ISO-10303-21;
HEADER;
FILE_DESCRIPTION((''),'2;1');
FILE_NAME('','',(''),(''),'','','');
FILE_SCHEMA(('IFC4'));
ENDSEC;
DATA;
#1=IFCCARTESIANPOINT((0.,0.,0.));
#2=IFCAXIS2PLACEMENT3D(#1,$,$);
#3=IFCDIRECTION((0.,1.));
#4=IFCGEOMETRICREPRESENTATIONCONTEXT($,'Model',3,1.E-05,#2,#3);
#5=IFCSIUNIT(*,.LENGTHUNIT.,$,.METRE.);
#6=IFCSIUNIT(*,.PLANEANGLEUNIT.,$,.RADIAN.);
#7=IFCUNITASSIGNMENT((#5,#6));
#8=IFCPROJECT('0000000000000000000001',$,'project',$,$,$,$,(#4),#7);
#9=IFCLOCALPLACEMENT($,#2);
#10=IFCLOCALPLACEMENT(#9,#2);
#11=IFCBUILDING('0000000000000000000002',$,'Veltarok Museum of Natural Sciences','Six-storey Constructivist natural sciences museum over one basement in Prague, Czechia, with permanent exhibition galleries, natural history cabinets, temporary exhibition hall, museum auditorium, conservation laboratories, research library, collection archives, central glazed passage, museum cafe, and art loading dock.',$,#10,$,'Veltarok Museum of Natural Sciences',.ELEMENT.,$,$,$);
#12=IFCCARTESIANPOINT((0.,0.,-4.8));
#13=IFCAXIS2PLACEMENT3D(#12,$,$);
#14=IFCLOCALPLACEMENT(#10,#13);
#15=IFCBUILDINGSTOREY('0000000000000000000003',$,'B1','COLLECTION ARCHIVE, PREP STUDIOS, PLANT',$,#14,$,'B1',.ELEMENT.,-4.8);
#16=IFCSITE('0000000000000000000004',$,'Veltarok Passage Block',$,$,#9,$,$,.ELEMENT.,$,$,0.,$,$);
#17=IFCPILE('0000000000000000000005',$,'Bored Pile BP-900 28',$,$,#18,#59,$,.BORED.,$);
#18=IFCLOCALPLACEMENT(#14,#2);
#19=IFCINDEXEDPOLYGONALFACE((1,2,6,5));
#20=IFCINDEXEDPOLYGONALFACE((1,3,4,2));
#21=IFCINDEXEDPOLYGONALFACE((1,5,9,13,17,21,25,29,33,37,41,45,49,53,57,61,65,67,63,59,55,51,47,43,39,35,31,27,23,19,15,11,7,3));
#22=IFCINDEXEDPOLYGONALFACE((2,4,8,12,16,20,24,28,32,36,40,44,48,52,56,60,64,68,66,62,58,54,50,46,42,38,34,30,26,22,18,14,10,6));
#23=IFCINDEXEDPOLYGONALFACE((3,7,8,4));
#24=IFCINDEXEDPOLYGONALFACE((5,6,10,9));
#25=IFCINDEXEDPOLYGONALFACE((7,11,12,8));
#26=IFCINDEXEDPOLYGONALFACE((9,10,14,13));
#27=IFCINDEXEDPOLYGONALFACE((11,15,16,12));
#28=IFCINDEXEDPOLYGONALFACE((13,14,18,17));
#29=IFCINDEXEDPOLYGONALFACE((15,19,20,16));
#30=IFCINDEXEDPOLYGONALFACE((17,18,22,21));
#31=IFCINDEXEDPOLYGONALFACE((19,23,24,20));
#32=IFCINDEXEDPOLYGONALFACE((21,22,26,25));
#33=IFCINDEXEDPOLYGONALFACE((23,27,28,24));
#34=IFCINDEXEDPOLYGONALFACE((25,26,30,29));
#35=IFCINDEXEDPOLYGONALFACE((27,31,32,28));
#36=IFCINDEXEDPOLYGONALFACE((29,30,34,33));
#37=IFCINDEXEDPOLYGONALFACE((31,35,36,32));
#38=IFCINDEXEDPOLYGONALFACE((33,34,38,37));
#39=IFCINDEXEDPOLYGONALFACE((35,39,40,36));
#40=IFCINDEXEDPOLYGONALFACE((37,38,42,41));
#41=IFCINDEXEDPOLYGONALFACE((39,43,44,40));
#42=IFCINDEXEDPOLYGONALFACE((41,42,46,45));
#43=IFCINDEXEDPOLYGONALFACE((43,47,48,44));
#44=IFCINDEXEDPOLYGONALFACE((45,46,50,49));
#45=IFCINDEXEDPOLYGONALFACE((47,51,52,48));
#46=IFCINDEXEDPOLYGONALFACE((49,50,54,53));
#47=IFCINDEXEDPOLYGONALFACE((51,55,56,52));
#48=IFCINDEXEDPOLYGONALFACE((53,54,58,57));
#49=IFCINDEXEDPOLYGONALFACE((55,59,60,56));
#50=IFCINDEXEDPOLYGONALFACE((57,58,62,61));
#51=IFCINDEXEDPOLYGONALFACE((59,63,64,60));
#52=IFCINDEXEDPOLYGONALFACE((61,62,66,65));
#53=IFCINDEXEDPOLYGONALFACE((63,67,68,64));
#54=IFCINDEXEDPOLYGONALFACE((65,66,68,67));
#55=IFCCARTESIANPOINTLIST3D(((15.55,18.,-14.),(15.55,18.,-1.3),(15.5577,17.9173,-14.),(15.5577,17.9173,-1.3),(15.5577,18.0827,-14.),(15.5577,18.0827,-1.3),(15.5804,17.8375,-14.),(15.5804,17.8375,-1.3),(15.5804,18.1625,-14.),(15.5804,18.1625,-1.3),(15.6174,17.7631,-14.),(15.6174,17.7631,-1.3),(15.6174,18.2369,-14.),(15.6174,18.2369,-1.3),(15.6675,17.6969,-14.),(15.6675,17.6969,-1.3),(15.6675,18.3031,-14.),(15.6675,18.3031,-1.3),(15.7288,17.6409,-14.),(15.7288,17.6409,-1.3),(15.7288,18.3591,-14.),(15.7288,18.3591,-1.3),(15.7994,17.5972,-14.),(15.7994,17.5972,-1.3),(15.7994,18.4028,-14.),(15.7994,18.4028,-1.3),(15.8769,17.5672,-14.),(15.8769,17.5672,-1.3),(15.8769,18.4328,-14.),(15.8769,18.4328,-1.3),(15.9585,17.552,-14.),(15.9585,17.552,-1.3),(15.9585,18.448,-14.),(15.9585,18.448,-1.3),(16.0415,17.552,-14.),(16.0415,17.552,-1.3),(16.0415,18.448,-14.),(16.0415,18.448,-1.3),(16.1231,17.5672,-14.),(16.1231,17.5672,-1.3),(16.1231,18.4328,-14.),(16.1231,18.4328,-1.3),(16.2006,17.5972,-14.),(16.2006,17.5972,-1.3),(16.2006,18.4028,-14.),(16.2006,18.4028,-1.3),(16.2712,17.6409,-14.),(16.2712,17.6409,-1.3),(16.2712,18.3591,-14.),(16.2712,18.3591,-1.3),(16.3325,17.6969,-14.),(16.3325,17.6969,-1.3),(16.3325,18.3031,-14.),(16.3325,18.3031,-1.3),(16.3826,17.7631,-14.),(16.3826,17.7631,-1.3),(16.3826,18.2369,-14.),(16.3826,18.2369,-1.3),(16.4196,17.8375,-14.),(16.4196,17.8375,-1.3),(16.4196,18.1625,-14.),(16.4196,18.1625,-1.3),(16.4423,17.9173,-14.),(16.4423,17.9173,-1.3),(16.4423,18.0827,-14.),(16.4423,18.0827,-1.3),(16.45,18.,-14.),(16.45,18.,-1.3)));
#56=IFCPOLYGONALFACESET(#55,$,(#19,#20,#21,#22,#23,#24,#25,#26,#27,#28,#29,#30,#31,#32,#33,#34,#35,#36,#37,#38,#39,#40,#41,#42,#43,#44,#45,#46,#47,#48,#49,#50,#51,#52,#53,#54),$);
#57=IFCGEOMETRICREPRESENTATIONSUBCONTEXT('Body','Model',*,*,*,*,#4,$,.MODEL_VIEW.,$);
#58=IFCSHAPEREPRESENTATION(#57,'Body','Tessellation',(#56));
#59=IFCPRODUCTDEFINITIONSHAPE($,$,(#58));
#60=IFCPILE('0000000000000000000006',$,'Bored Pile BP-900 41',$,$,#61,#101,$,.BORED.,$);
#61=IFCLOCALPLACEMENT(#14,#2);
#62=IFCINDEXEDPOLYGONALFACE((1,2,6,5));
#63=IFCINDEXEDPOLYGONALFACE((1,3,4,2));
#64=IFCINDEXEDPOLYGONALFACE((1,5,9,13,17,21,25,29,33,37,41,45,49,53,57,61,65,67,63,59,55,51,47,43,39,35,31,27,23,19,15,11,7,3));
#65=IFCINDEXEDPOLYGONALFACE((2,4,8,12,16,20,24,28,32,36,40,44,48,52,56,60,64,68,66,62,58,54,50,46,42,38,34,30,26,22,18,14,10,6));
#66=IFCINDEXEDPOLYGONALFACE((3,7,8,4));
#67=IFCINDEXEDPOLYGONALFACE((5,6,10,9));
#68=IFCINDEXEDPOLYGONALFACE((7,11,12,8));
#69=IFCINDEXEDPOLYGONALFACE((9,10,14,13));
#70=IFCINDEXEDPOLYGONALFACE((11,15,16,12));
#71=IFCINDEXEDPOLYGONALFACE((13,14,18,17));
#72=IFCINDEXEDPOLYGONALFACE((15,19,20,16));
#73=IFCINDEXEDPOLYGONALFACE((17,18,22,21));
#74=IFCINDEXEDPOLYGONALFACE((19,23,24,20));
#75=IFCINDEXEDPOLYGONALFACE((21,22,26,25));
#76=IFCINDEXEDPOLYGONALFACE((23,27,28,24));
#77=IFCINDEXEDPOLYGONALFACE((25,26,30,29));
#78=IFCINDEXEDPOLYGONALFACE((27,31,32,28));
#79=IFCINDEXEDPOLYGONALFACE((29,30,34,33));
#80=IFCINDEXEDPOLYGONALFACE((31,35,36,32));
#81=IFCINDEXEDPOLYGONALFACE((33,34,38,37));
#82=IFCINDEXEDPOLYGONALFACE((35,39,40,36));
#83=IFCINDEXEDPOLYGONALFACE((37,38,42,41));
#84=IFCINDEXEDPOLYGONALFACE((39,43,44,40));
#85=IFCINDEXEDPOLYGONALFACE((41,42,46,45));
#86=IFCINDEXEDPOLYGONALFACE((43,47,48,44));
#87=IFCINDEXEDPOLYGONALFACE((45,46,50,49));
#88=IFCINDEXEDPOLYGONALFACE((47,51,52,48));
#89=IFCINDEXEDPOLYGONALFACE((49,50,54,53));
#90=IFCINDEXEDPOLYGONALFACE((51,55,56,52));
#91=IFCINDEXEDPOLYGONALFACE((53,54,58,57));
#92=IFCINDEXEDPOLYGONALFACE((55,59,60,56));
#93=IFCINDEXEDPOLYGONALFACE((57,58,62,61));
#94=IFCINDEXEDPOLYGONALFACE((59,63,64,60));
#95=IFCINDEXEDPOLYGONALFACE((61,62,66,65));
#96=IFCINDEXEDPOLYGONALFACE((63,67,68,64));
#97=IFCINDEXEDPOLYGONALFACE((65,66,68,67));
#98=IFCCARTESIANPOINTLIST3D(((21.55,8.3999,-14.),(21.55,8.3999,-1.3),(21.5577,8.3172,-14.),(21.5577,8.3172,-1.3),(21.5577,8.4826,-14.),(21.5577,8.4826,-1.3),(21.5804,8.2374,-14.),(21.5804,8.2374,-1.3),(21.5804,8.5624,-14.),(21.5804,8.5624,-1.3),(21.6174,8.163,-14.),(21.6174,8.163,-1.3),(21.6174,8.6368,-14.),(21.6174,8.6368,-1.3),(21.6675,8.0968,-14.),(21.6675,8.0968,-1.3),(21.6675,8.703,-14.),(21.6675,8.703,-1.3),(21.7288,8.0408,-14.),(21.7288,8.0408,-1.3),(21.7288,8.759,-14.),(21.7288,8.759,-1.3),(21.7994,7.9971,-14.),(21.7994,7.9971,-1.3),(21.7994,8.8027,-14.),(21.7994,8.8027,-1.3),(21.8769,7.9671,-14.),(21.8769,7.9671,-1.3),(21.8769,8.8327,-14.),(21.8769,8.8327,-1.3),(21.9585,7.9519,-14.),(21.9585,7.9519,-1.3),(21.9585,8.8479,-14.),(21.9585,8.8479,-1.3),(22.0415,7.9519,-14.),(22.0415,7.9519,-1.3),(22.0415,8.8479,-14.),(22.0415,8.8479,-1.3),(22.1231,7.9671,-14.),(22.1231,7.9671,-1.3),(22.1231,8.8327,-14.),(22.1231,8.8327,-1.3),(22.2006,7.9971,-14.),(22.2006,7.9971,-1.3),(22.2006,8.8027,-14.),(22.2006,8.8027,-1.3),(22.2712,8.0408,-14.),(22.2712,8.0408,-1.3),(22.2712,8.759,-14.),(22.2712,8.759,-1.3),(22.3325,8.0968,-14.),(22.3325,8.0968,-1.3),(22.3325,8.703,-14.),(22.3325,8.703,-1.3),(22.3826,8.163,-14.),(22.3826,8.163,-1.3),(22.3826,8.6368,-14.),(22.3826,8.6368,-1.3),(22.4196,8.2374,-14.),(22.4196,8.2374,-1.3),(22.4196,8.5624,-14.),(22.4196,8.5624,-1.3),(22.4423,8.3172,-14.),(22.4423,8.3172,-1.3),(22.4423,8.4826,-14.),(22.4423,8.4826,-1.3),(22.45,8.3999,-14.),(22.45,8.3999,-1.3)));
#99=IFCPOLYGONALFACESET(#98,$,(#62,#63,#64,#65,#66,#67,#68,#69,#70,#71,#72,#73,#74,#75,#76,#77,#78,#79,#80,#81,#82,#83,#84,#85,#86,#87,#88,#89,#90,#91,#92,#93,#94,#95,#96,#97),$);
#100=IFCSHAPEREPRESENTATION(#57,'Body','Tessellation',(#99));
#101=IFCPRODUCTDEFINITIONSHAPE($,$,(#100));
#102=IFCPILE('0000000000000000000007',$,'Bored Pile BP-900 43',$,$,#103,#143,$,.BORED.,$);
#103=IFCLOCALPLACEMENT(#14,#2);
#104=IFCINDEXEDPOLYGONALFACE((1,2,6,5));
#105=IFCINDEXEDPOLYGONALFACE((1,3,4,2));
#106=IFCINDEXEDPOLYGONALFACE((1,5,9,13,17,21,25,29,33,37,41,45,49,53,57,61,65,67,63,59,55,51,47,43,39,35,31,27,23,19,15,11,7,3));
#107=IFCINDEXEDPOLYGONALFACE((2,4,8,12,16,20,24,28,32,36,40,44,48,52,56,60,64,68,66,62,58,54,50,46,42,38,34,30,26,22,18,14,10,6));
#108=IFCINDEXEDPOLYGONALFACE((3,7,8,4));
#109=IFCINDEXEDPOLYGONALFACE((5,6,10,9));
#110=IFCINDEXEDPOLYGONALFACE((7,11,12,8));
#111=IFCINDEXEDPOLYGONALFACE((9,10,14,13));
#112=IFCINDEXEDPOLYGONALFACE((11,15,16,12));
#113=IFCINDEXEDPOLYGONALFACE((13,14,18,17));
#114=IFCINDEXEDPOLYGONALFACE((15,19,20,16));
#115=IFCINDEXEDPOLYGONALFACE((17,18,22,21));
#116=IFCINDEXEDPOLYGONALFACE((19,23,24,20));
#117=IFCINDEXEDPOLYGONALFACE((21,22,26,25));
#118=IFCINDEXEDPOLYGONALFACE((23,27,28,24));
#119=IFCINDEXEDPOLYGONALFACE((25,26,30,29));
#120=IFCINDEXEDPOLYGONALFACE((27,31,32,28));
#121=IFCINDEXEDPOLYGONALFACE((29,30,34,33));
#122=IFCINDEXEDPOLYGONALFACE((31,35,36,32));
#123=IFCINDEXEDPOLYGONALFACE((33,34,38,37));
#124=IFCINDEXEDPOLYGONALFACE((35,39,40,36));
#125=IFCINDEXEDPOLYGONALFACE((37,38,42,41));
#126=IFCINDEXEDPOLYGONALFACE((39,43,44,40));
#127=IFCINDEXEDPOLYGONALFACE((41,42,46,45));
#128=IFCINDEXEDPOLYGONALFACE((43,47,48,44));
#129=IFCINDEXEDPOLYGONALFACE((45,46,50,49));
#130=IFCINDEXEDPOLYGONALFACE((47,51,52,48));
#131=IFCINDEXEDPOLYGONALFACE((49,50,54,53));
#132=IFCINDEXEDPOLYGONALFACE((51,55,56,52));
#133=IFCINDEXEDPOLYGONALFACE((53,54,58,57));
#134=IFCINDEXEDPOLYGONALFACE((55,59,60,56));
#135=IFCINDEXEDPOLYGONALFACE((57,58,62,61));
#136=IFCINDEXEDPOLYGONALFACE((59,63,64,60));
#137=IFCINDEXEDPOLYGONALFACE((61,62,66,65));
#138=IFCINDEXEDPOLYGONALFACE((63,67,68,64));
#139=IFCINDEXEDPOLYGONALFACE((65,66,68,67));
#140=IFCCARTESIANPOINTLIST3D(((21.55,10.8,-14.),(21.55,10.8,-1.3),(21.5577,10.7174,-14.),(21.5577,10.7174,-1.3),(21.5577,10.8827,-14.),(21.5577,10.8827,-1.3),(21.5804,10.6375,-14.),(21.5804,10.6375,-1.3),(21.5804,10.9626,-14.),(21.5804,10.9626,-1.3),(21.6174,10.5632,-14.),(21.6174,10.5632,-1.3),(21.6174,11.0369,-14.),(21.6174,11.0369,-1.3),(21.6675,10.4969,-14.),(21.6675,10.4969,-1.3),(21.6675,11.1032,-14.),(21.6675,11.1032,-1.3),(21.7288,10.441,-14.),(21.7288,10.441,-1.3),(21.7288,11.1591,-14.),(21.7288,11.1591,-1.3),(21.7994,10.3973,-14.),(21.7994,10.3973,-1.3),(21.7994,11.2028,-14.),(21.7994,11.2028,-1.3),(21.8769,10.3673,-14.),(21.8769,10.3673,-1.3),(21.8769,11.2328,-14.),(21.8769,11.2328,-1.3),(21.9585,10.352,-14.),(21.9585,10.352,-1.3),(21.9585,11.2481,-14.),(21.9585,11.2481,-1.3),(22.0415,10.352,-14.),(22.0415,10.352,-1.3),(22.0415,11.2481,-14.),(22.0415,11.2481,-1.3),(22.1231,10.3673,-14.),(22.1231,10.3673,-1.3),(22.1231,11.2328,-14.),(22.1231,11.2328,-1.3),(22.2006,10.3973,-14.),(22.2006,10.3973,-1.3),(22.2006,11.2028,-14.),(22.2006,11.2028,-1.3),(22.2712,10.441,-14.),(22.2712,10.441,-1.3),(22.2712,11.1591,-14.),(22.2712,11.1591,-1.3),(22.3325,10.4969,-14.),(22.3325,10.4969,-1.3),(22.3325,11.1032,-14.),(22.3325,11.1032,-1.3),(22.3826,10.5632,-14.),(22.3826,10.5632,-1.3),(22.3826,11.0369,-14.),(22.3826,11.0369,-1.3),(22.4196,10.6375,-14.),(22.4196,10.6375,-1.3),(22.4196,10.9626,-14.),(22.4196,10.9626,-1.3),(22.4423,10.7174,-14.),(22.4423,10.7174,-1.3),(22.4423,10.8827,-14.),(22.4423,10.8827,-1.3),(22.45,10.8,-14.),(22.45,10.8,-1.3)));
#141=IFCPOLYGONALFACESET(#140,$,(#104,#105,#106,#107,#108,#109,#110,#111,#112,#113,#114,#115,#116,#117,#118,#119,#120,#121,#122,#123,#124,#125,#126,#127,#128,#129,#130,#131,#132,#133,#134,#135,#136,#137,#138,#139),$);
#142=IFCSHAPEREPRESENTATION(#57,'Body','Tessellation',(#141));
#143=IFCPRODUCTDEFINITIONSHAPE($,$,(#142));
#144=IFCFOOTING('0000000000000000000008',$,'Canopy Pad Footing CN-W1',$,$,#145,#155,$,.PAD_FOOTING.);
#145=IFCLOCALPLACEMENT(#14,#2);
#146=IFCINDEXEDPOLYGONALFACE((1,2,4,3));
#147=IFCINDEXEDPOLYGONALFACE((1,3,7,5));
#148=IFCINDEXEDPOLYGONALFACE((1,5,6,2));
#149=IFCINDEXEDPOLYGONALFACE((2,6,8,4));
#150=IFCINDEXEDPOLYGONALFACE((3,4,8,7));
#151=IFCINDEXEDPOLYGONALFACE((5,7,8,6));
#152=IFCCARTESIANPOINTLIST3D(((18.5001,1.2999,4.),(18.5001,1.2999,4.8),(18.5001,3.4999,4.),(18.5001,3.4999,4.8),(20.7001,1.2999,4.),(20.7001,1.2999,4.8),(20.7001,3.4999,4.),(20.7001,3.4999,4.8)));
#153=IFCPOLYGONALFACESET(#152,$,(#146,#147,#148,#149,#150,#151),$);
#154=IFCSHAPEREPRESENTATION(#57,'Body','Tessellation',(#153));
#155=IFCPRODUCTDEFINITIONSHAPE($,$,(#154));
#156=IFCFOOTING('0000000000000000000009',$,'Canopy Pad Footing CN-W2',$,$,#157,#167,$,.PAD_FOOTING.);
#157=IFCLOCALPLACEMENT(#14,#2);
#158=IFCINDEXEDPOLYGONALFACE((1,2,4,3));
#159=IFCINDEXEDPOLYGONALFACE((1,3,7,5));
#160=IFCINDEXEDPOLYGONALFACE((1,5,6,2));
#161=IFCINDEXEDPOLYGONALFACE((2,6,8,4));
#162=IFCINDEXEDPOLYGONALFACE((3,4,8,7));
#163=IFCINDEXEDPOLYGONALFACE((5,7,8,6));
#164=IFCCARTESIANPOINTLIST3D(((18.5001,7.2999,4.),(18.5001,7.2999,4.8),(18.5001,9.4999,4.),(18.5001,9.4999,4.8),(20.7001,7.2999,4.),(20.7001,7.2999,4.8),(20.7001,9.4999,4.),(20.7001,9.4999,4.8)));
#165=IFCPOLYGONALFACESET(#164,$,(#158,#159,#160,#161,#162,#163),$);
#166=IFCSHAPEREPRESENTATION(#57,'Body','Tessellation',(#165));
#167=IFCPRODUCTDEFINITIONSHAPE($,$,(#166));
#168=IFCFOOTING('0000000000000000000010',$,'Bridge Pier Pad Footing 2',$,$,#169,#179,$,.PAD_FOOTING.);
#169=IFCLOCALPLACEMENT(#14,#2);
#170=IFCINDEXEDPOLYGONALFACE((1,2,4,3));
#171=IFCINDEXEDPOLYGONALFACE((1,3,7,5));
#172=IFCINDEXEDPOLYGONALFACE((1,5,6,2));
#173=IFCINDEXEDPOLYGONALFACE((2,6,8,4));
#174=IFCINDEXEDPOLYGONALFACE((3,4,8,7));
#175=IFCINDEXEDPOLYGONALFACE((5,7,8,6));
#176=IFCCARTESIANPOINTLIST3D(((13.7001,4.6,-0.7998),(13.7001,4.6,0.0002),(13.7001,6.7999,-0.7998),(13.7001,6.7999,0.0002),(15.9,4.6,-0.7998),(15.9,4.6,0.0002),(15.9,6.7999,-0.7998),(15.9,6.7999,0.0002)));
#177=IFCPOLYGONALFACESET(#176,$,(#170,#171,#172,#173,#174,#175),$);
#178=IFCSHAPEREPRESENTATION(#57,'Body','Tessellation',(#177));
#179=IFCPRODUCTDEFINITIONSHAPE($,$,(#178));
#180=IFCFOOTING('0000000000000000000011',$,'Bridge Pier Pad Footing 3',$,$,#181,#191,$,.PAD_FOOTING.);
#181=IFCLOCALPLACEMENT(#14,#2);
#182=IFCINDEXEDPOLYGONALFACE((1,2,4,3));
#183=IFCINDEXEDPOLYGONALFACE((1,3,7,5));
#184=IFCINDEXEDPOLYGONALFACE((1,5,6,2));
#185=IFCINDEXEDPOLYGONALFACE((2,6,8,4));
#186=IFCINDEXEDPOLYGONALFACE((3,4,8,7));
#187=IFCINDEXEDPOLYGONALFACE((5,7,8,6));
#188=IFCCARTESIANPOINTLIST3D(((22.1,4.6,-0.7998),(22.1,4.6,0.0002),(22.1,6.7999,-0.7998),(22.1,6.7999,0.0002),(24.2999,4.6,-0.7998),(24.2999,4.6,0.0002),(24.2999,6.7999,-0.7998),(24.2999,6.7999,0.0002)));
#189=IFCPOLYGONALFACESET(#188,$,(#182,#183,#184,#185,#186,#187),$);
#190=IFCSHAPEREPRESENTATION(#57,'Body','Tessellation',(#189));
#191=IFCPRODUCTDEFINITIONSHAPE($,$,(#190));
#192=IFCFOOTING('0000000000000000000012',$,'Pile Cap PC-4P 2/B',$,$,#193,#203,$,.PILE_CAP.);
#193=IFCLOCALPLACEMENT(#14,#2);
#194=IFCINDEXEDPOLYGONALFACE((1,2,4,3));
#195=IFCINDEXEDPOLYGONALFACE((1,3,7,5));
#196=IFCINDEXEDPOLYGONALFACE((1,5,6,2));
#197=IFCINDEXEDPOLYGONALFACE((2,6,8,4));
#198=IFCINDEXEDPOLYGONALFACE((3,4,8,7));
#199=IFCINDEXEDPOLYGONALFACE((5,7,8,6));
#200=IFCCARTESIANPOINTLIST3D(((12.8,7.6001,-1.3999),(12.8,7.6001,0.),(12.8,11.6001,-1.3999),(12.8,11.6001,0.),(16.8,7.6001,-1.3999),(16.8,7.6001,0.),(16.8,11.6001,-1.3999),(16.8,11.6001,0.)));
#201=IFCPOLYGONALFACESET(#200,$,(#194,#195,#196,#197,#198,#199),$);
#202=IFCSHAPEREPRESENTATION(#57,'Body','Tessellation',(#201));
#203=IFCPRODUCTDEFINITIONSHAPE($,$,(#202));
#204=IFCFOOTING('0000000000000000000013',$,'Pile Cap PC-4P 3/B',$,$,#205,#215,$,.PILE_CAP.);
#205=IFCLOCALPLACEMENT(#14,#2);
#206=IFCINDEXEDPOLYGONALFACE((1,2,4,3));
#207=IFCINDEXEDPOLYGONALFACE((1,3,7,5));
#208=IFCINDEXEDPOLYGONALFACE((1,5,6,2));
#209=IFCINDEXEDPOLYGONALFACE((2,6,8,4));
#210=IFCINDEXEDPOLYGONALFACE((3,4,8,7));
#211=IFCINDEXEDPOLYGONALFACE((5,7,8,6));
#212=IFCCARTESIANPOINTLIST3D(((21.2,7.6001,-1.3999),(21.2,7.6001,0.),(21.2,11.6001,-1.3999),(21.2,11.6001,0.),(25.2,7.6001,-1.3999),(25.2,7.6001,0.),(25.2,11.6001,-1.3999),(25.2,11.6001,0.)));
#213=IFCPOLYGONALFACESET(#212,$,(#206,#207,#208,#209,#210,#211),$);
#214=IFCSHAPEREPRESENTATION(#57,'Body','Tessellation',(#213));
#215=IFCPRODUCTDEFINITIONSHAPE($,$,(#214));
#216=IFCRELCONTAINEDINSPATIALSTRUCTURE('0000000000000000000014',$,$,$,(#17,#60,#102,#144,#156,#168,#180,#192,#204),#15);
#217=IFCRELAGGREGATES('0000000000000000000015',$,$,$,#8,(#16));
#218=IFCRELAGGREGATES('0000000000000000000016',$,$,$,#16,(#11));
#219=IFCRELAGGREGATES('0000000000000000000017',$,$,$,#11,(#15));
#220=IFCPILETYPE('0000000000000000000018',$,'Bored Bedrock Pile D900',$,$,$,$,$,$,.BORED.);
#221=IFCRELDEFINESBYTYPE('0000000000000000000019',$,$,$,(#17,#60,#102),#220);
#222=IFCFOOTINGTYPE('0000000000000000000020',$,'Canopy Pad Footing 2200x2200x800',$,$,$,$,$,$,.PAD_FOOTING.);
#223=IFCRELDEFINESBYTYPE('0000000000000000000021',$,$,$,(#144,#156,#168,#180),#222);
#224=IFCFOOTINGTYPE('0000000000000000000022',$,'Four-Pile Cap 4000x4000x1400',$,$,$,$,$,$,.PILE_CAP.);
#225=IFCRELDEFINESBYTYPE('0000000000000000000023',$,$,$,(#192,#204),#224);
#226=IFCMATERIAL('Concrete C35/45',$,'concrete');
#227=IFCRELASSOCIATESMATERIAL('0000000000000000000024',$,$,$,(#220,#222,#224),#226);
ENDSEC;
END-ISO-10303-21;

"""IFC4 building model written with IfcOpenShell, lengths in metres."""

from ifc_helpers import new_model, si_unit, direction, frame, origin, origin_2d, place, context, subcontext, project, spatial, rectangle, circle, extrude, material, material_profile, profile_set, type_object, element, save


model = new_model("IFC4")

# Units and contexts
model_context = context("Model", 3, precision=1e-05, world=origin(), true_north=direction((0.0, 1.0)))
body_context = subcontext(model_context, "Body", "Model", "MODEL_VIEW")
ifc_project = project(units=[si_unit("LENGTHUNIT", "METRE"), si_unit("PLANEANGLEUNIT", "RADIAN")], contexts=[model_context])

# Site, building, storey
site_placement = place(None, origin())
site = spatial("IfcSite", under=ifc_project, at=site_placement, Name="Veltarok Passage Block", CompositionType="ELEMENT", RefElevation=0.0)
building_placement = place(site_placement, origin())
building = spatial("IfcBuilding", under=site, at=building_placement, Name="Veltarok Museum of Natural Sciences", Description="Six-storey Constructivist natural sciences museum over one basement in Prague, Czechia, with permanent exhibition galleries, natural history cabinets, temporary exhibition hall, museum auditorium, conservation laboratories, research library, collection archives, central glazed passage, museum cafe, and art loading dock.", LongName="Veltarok Museum of Natural Sciences", CompositionType="ELEMENT")
storey_placement = place(building_placement, frame((0.0, 0.0, -4.8)))
storey = spatial("IfcBuildingStorey", under=building, at=storey_placement, Name="B1", Description="COLLECTION ARCHIVE, PREP STUDIOS, PLANT", LongName="B1", CompositionType="ELEMENT", Elevation=-4.8)

# Piles
ifc_material_1 = material(Name="Concrete C35/45", Category="concrete")
ifc_material_profile_1 = material_profile(ifc_material_1, circle(Radius=0.45, at=origin_2d()), Name="BP D900")
ifc_profile_set_1 = profile_set([ifc_material_profile_1], Name="Concrete C35/45")
pile_type_1 = type_object("IfcPileType", Name="Bored Bedrock Pile D900", PredefinedType="BORED", material=ifc_profile_set_1)
for number, where, z_axis, x_axis, name in (
    (1, (16.0, 18.0, -1.3), (0.0, 0.0, -1.0), (1.0, 0.0, 0.0), "Bored Pile BP-900 28"),
    (2, (22.0, 8.3999, -1.3), (0.0, 0.0, -1.0), (1.0, 0.0, 0.0), "Bored Pile BP-900 41"),
    (3, (22.0, 10.8, -1.3), (0.0, 0.0, -1.0), (1.0, 0.0, 0.0), "Bored Pile BP-900 43"),
):
    element("IfcPile", number, at=place(storey_placement, frame(where, z_axis=z_axis, x_axis=x_axis)), inside=storey, type_object=pile_type_1, Name=name, PredefinedType="BORED", context=body_context, shape_type="SweptSolid", body=[
        extrude(circle(Radius=0.45, at=origin_2d()), origin(), (0.0, 0.0, 1.0), 12.7),
    ])

# Footings
footing_type_1 = type_object("IfcFootingType", Name="Canopy Pad Footing 2200x2200x800", PredefinedType="PAD_FOOTING", material=ifc_material_1)
for number, where, z_axis, x_axis, name in (
    (4, (19.6001, 2.3999, 4.0), (0.0, 0.0, 1.0), (1.0, 0.0, 0.0), "Canopy Pad Footing CN-W1"),
    (5, (19.6001, 8.3999, 4.0), (0.0, 0.0, 1.0), (1.0, 0.0, 0.0), "Canopy Pad Footing CN-W2"),
    (6, (14.8, 5.7, -0.7998), (0.0, 0.0, 1.0), (1.0, 0.0, 0.0), "Bridge Pier Pad Footing 2"),
    (7, (23.2, 5.7, -0.7998), (0.0, 0.0, 1.0), (1.0, 0.0, 0.0), "Bridge Pier Pad Footing 3"),
):
    element("IfcFooting", number, at=place(storey_placement, frame(where, z_axis=z_axis, x_axis=x_axis)), inside=storey, type_object=footing_type_1, Name=name, PredefinedType="PAD_FOOTING", context=body_context, shape_type="SweptSolid", body=[
        extrude(rectangle(XDim=2.2, YDim=2.2, at=origin_2d()), origin(), (0.0, 0.0, 1.0), 0.8),
    ])
footing_type_2 = type_object("IfcFootingType", Name="Four-Pile Cap 4000x4000x1400", PredefinedType="PILE_CAP", material=ifc_material_1)
for number, where, z_axis, x_axis, name in (
    (8, (14.8, 9.6001, -1.3999), (0.0, 0.0, 1.0), (1.0, 0.0, 0.0), "Pile Cap PC-4P 2/B"),
    (9, (23.2, 9.6001, -1.3999), (0.0, 0.0, 1.0), (1.0, 0.0, 0.0), "Pile Cap PC-4P 3/B"),
):
    element("IfcFooting", number, at=place(storey_placement, frame(where, z_axis=z_axis, x_axis=x_axis)), inside=storey, type_object=footing_type_2, Name=name, PredefinedType="PILE_CAP", context=body_context, shape_type="SweptSolid", body=[
        extrude(rectangle(XDim=4.0, YDim=4.0, at=origin_2d()), origin(), (0.0, 0.0, 1.0), 1.3999),
    ])

save(model, "model.ifc")
